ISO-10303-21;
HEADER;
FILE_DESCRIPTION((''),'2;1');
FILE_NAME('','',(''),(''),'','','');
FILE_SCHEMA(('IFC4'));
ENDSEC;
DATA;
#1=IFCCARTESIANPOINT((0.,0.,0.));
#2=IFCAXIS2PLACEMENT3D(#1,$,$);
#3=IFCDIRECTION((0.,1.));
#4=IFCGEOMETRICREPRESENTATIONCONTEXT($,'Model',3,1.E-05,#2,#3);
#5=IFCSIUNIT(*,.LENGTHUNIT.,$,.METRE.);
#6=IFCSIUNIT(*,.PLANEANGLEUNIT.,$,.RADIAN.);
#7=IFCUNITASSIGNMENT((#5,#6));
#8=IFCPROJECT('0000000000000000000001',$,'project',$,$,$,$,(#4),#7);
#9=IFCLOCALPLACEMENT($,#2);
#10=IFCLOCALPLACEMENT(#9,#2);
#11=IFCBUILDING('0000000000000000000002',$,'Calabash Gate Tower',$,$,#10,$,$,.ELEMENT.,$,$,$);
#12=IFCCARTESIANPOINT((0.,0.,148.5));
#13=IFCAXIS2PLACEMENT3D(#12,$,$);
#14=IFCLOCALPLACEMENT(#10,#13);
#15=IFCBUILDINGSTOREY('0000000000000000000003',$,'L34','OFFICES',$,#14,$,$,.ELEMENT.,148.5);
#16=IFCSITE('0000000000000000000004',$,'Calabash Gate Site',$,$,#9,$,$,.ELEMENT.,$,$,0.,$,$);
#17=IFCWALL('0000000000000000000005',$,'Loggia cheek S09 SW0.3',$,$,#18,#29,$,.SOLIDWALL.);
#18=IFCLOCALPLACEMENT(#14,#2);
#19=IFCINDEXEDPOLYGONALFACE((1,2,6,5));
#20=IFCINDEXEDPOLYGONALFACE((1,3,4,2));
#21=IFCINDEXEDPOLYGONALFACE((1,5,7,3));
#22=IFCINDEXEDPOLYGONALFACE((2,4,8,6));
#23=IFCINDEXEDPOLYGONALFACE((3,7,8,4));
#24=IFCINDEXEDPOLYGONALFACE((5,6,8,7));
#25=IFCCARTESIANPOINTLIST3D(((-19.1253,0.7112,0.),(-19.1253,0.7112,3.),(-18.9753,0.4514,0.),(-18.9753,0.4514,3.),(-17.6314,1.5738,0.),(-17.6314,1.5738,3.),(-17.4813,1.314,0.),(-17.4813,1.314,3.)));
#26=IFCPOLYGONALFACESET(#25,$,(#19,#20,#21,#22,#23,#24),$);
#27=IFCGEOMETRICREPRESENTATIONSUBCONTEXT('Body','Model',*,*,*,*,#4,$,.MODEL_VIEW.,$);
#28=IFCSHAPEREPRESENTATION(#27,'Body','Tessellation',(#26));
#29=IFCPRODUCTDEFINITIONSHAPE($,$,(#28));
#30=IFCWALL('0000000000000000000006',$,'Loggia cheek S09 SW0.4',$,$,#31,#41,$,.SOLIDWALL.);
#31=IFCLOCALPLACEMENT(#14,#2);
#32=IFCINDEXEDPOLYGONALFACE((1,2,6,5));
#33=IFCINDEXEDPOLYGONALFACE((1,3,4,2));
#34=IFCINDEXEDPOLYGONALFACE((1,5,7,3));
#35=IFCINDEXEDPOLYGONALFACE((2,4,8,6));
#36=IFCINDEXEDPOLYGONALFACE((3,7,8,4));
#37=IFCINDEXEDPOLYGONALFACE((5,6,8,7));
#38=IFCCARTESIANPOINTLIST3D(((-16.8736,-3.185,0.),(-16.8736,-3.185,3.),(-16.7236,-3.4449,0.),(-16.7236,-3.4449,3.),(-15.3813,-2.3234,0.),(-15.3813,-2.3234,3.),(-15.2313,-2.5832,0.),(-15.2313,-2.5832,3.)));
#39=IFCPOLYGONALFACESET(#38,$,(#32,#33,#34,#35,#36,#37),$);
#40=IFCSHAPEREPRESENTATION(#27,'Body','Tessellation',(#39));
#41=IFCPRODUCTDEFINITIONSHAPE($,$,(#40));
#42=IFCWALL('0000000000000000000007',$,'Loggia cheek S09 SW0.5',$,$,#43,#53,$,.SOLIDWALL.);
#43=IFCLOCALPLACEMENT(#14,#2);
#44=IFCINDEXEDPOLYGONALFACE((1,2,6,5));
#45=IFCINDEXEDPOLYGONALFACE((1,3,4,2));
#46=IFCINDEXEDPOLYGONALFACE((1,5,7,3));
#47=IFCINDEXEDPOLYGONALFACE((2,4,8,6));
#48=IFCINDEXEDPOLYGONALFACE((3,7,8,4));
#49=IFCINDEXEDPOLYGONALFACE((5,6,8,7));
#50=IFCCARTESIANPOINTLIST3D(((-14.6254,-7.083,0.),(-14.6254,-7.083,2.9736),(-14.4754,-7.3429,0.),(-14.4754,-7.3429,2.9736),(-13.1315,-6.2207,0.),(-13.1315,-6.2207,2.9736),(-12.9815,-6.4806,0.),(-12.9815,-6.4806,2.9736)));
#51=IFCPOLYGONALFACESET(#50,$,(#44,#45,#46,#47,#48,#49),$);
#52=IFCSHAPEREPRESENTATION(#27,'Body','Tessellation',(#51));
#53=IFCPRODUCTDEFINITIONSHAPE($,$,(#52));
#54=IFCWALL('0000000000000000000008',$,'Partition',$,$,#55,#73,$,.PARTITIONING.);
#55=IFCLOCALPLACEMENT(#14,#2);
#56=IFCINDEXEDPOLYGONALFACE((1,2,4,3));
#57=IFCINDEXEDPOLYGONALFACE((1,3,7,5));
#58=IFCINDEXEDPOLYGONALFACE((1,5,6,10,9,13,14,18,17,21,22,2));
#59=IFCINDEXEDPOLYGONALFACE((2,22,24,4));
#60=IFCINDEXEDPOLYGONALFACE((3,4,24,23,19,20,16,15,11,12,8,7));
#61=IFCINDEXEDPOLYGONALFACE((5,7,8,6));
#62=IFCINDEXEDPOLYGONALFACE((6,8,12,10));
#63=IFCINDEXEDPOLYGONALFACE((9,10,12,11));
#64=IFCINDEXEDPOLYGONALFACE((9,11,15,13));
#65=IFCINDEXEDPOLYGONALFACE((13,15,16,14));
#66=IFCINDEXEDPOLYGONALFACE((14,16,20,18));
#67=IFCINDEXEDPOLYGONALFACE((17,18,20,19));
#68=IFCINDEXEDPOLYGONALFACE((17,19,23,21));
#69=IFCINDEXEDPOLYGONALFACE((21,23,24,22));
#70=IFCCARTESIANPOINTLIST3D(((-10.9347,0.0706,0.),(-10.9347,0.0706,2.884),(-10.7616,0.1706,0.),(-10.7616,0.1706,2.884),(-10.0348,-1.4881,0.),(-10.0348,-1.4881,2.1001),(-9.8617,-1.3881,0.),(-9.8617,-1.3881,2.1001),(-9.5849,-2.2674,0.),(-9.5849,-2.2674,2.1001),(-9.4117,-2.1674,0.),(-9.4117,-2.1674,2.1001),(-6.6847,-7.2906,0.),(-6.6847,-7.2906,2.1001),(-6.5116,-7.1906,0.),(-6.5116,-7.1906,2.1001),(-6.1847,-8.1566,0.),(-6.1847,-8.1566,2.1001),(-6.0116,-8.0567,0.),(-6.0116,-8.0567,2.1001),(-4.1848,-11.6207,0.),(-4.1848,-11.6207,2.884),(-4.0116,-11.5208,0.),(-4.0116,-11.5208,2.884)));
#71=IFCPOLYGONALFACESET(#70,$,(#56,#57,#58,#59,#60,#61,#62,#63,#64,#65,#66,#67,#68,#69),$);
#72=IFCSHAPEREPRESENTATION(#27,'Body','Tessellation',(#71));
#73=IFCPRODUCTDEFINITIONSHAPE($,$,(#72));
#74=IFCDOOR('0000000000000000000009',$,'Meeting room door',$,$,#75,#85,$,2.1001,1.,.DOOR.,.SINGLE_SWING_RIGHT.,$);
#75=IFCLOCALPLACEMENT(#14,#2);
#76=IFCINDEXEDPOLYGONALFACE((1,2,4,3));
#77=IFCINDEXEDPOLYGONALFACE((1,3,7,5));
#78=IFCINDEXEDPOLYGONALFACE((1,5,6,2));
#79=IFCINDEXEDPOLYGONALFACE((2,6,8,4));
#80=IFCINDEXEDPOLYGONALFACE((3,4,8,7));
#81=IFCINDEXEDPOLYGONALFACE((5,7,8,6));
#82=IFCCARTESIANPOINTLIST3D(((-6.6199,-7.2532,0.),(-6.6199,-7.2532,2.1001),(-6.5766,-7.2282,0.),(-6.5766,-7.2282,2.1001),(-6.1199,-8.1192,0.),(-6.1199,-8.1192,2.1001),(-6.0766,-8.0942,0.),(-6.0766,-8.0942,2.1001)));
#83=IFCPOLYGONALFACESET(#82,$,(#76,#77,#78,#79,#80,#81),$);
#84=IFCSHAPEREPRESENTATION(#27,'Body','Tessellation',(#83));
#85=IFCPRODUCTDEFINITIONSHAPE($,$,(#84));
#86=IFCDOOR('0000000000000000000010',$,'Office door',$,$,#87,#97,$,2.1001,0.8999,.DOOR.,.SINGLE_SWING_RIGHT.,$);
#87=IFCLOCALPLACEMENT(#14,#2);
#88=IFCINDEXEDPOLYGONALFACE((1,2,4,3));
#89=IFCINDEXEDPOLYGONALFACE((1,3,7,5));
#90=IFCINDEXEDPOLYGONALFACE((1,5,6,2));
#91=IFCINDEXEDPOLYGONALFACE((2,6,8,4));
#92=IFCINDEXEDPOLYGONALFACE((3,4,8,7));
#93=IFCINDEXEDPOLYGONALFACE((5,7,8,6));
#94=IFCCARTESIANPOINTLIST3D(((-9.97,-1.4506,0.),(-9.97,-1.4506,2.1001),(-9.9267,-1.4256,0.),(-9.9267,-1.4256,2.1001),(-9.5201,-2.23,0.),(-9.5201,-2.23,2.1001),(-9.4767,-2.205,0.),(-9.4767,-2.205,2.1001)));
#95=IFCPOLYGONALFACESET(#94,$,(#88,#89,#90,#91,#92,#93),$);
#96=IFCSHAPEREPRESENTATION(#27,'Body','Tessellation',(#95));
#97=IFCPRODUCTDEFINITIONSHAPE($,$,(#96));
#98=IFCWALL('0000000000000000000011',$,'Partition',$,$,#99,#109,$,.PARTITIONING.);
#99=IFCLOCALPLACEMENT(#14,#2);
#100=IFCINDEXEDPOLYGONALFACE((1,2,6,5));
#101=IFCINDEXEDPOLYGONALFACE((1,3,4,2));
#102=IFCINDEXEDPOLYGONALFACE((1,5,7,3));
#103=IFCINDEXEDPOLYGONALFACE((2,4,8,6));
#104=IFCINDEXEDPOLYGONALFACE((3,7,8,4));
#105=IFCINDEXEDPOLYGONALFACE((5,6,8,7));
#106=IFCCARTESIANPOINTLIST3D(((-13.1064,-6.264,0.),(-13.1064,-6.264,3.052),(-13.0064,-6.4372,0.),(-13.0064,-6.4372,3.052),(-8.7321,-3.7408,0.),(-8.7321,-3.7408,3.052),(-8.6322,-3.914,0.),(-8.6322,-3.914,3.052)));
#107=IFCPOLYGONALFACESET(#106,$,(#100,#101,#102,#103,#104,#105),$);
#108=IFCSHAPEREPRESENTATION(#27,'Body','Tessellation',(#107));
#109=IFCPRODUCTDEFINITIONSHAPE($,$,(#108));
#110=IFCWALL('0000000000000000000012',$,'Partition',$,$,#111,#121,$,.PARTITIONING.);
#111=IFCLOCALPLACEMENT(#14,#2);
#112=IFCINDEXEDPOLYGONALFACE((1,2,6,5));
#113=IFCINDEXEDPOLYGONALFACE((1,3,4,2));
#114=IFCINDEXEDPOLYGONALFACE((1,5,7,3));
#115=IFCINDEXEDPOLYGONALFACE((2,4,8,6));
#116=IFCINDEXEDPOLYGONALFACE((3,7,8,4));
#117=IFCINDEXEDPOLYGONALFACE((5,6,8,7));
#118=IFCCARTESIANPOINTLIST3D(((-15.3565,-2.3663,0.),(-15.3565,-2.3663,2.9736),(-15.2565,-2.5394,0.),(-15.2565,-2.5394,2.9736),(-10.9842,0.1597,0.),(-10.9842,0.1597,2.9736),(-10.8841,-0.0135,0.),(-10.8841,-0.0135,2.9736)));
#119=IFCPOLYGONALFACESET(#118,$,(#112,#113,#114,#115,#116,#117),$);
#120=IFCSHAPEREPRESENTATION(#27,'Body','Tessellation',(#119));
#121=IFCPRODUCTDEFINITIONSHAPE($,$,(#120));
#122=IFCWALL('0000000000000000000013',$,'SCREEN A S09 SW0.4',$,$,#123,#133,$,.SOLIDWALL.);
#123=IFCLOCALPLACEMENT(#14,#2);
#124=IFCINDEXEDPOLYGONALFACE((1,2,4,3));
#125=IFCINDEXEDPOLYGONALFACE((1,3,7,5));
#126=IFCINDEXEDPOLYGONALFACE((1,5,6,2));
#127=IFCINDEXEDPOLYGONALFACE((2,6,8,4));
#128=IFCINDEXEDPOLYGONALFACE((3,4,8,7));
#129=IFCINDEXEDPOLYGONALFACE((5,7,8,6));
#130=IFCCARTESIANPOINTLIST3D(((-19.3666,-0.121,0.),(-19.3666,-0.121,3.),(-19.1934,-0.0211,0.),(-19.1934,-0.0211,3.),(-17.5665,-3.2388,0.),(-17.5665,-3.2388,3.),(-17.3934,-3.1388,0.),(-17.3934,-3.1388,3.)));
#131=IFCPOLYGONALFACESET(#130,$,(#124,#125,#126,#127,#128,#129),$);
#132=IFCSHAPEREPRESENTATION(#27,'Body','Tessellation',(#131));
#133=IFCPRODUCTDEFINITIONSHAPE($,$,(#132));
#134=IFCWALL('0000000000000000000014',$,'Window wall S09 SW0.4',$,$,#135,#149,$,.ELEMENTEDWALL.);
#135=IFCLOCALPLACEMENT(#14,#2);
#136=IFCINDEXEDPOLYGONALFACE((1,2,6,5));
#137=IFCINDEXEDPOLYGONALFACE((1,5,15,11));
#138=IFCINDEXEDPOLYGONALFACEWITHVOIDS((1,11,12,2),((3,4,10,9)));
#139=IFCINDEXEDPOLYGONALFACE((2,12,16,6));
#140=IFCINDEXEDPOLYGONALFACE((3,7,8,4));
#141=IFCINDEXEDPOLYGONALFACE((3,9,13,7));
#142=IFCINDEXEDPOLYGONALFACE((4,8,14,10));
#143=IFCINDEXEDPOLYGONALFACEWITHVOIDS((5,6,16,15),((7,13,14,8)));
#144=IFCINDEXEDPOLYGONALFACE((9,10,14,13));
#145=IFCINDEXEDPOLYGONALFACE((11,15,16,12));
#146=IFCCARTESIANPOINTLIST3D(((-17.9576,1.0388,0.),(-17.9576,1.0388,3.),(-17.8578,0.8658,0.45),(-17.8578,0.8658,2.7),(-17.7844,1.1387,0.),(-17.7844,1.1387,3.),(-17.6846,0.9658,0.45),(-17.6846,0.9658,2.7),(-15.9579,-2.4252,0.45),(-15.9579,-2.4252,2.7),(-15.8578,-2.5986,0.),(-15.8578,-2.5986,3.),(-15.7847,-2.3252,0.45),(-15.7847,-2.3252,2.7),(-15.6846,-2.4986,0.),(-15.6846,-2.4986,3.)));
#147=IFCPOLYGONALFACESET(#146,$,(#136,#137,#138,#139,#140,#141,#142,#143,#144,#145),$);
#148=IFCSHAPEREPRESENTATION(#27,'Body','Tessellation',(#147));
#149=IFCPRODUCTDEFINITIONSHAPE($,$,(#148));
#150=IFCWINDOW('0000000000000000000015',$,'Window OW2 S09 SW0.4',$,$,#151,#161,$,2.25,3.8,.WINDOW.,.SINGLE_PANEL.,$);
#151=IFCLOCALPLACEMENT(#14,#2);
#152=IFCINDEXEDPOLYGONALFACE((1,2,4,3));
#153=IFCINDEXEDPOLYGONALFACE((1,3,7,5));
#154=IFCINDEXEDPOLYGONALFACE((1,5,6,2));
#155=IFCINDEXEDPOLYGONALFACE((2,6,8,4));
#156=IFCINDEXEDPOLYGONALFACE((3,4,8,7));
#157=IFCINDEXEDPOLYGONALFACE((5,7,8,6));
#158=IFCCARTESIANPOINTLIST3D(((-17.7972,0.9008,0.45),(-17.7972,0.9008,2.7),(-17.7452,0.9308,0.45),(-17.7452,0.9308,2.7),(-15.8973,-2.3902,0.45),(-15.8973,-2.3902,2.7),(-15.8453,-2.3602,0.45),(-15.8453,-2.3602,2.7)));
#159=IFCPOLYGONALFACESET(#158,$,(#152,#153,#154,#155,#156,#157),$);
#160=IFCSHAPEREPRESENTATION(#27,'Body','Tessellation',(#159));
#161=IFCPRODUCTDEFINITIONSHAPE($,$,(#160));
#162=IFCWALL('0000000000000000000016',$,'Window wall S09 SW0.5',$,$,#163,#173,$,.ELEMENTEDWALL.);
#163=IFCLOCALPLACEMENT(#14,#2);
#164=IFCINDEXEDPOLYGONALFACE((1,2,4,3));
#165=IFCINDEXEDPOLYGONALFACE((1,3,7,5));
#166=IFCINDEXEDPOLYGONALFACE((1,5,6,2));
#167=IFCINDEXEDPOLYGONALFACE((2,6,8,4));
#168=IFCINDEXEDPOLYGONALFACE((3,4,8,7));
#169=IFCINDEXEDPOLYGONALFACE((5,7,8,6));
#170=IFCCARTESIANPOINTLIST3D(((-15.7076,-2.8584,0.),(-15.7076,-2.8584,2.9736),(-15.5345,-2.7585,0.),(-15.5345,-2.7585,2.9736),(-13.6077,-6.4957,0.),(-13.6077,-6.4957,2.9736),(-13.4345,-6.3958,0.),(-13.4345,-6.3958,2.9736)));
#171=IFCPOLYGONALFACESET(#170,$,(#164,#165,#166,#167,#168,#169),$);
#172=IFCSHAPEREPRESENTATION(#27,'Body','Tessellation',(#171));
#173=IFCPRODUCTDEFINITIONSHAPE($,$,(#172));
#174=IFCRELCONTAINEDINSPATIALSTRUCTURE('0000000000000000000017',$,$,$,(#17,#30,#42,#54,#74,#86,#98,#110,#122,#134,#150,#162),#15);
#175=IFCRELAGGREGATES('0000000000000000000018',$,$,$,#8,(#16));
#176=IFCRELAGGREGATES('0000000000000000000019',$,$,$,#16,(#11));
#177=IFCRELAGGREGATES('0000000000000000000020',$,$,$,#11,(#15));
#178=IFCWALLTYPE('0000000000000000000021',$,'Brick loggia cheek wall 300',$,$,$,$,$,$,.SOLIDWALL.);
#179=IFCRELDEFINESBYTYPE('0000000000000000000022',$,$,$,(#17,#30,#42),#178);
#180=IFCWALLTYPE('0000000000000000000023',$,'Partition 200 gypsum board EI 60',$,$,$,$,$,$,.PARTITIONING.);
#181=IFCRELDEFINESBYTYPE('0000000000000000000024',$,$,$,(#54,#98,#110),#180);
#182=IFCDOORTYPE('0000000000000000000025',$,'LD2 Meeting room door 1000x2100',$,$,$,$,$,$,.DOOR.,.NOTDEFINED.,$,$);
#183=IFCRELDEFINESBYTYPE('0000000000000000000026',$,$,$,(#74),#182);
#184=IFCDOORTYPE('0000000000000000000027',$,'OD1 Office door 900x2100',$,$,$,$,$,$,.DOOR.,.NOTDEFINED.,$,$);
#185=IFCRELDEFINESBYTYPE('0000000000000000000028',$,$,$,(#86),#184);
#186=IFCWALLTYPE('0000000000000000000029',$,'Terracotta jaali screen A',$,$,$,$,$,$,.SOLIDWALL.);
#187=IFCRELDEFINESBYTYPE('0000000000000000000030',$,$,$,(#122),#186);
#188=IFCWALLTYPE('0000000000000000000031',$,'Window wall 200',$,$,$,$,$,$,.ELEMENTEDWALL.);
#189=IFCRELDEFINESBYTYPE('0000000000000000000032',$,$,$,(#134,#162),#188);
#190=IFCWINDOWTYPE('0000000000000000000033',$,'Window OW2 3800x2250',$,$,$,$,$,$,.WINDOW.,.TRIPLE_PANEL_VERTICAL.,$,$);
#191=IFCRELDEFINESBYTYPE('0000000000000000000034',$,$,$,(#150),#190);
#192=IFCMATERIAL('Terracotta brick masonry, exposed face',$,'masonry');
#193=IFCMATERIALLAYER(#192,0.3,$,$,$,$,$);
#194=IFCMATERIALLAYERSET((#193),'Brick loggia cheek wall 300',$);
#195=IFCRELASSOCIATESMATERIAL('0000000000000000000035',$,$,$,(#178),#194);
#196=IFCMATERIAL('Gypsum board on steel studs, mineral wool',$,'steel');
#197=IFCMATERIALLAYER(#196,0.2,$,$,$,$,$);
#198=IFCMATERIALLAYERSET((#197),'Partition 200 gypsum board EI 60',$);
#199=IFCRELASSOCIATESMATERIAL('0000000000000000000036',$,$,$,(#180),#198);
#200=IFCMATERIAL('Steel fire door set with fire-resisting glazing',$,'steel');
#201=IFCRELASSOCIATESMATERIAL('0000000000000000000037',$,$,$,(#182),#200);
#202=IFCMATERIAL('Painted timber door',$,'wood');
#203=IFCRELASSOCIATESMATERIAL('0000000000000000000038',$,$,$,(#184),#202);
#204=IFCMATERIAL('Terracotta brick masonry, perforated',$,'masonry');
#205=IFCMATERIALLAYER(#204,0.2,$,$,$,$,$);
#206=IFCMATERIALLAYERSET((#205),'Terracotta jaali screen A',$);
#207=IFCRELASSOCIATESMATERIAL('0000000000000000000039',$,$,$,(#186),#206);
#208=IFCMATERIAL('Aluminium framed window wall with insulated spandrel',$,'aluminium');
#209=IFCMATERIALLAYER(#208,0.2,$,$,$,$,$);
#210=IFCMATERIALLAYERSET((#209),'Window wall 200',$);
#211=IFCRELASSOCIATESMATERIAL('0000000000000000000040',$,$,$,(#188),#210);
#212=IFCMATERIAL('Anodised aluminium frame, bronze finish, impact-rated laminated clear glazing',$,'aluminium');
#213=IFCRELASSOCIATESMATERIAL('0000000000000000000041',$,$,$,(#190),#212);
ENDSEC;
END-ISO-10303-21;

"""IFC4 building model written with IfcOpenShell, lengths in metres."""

from ifc_helpers import new_model, si_unit, direction, frame, frame_2d, origin, place, context, subcontext, project, spatial, rectangle, extrude, material, layer, layer_set, type_object, element, fill, save


model = new_model("IFC4")

# Units and contexts
model_context = context("Model", 3, precision=1e-05, world=origin(), true_north=direction((0.0, 1.0)))
body_context = subcontext(model_context, "Body", "Model", "MODEL_VIEW")
ifc_project = project(units=[si_unit("LENGTHUNIT", "METRE"), si_unit("PLANEANGLEUNIT", "RADIAN")], contexts=[model_context])

# Site, building, storey
site_placement = place(None, origin())
site = spatial("IfcSite", under=ifc_project, at=site_placement, Name="Calabash Gate Site", CompositionType="ELEMENT", RefElevation=0.0)
building_placement = place(site_placement, origin())
building = spatial("IfcBuilding", under=site, at=building_placement, Name="Calabash Gate Tower", CompositionType="ELEMENT")
storey_placement = place(building_placement, frame((0.0, 0.0, 148.5)))
storey = spatial("IfcBuildingStorey", under=building, at=storey_placement, Name="L34", Description="OFFICES", CompositionType="ELEMENT", Elevation=148.5)

# Walls
ifc_material_1 = material(Name="Terracotta brick masonry, exposed face", Category="masonry")
ifc_layer_1 = layer(ifc_material_1, 0.3)
ifc_layer_set_1 = layer_set([ifc_layer_1], Name="Brick loggia cheek wall 300")
wall_type_1 = type_object("IfcWallType", Name="Brick loggia cheek wall 300", PredefinedType="SOLIDWALL", material=ifc_layer_set_1)
wall_1_placement = place(storey_placement, frame((-19.0503, 0.5813, 0.0), z_axis=(0.0, 0.0, 1.0), x_axis=(0.866014, 0.500021, 0.0)))
element("IfcWall", 1, at=wall_1_placement, inside=storey, type_object=wall_type_1, Name="Loggia cheek S09 SW0.3", PredefinedType="SOLIDWALL", context=body_context, shape_type="SweptSolid", body=[
    extrude(rectangle(XDim=1.7251, YDim=0.3, at=frame_2d((0.8625, 0.0))), origin(), (0.0, 0.0, 1.0), 3.0),
])
wall_2_placement = place(storey_placement, frame((-16.7986, -3.3149, 0.0), z_axis=(0.0, 0.0, 1.0), x_axis=(0.866011, 0.500025, 0.0)))
element("IfcWall", 2, at=wall_2_placement, inside=storey, type_object=wall_type_1, Name="Loggia cheek S09 SW0.4", PredefinedType="SOLIDWALL", context=body_context, shape_type="SweptSolid", body=[
    extrude(rectangle(XDim=1.7231, YDim=0.3, at=frame_2d((0.8616, 0.0))), origin(), (0.0, 0.0, 1.0), 3.0),
])
wall_3_placement = place(storey_placement, frame((-14.5503, -7.2129, 0.0), z_axis=(0.0, 0.0, 1.0), x_axis=(0.866075, 0.499914, 0.0)))
element("IfcWall", 3, at=wall_3_placement, inside=storey, type_object=wall_type_1, Name="Loggia cheek S09 SW0.5", PredefinedType="SOLIDWALL", context=body_context, shape_type="SweptSolid", body=[
    extrude(rectangle(XDim=1.7249, YDim=0.3, at=frame_2d((0.8623, 0.0))), origin(), (0.0, 0.0, 1.0), 2.9736),
])

# Wall, openings, doors
ifc_material_2 = material(Name="Gypsum board on steel studs, mineral wool", Category="steel")
ifc_layer_2 = layer(ifc_material_2, 0.2)
ifc_layer_set_2 = layer_set([ifc_layer_2], Name="Partition 200 gypsum board EI 60")
wall_type_2 = type_object("IfcWallType", Name="Partition 200 gypsum board EI 60", PredefinedType="PARTITIONING", material=ifc_layer_set_2)
wall_4_placement = place(storey_placement, frame((-10.8481, 0.1206, 0.0), z_axis=(0.0, 0.0, 1.0), x_axis=(0.499998, -0.866027, 0.0)))
wall_4 = element("IfcWall", 4, at=wall_4_placement, inside=storey, type_object=wall_type_2, Name="Partition", PredefinedType="PARTITIONING", context=body_context, shape_type="SweptSolid", body=[
    extrude(rectangle(XDim=13.5, YDim=0.2, at=frame_2d((6.75, 0.0))), origin(), (0.0, 0.0, 1.0), 2.884),
])
opening_1_placement = place(wall_4_placement, frame((1.7998, 0.0, 0.0)))
opening_1 = element("IfcOpeningElement", 5, at=opening_1_placement, cuts=wall_4, PredefinedType="OPENING", context=body_context, shape_type="SweptSolid", body=[
    extrude(rectangle(XDim=0.8999, YDim=2.1001, at=frame_2d((0.45, 1.05))), frame((0.0, 0.1099, 0.0), z_axis=(0.0, -1.0, 0.0), x_axis=(1.0, 0.0, 0.0)), (0.0, 0.0, 1.0), 0.22),
])
opening_2_placement = place(wall_4_placement, frame((8.5, 0.0, 0.0)))
opening_2 = element("IfcOpeningElement", 6, at=opening_2_placement, cuts=wall_4, PredefinedType="OPENING", context=body_context, shape_type="SweptSolid", body=[
    extrude(rectangle(XDim=1.0, YDim=2.1001, at=frame_2d((0.5, 1.05))), frame((0.0, 0.1099, 0.0), z_axis=(0.0, -1.0, 0.0), x_axis=(1.0, 0.0, 0.0)), (0.0, 0.0, 1.0), 0.22),
])
ifc_material_3 = material(Name="Steel fire door set with fire-resisting glazing", Category="steel")
door_type_1 = type_object("IfcDoorType", Name="LD2 Meeting room door 1000x2100", OperationType="NOTDEFINED", PredefinedType="DOOR", material=ifc_material_3)
door_1_placement = place(opening_2_placement, origin())
door_1 = element("IfcDoor", 7, at=door_1_placement, inside=storey, type_object=door_type_1, Name="Meeting room door", OperationType="SINGLE_SWING_RIGHT", OverallHeight=2.1001, OverallWidth=1.0, PredefinedType="DOOR", context=body_context, shape_type="SweptSolid", body=[
    extrude(rectangle(XDim=1.0, YDim=2.1001, at=frame_2d((0.5, 1.05))), frame((0.0, 0.0249, 0.0), z_axis=(0.0, -1.0, 0.0), x_axis=(1.0, 0.0, 0.0)), (0.0, 0.0, 1.0), 0.05),
])
fill(opening_2, door_1)
ifc_material_4 = material(Name="Painted timber door", Category="wood")
door_type_2 = type_object("IfcDoorType", Name="OD1 Office door 900x2100", OperationType="NOTDEFINED", PredefinedType="DOOR", material=ifc_material_4)
door_2_placement = place(opening_1_placement, origin())
door_2 = element("IfcDoor", 8, at=door_2_placement, inside=storey, type_object=door_type_2, Name="Office door", OperationType="SINGLE_SWING_RIGHT", OverallHeight=2.1001, OverallWidth=0.8999, PredefinedType="DOOR", context=body_context, shape_type="SweptSolid", body=[
    extrude(rectangle(XDim=0.8999, YDim=2.1001, at=frame_2d((0.45, 1.05))), frame((0.0, 0.0249, 0.0), z_axis=(0.0, -1.0, 0.0), x_axis=(1.0, 0.0, 0.0)), (0.0, 0.0, 1.0), 0.05),
])
fill(opening_1, door_2)

# Walls
wall_5_placement = place(storey_placement, frame((-13.0564, -6.3506, 0.0), z_axis=(0.0, 0.0, 1.0), x_axis=(0.866222, 0.49966, 0.0)))
element("IfcWall", 9, at=wall_5_placement, inside=storey, type_object=wall_type_2, Name="Partition", PredefinedType="PARTITIONING", context=body_context, shape_type="SweptSolid", body=[
    extrude(rectangle(XDim=5.0498, YDim=0.2, at=frame_2d((2.5249, 0.0))), origin(), (0.0, 0.0, 1.0), 3.052),
])
wall_6_placement = place(storey_placement, frame((-15.3066, -2.4529, 0.0), z_axis=(0.0, 0.0, 1.0), x_axis=(0.865895, 0.500226, 0.0)))
element("IfcWall", 10, at=wall_6_placement, inside=storey, type_object=wall_type_2, Name="Partition", PredefinedType="PARTITIONING", context=body_context, shape_type="SweptSolid", body=[
    extrude(rectangle(XDim=5.0496, YDim=0.2, at=frame_2d((2.5249, 0.0))), origin(), (0.0, 0.0, 1.0), 2.9736),
])
ifc_material_5 = material(Name="Terracotta brick masonry, perforated", Category="masonry")
ifc_layer_3 = layer(ifc_material_5, 0.2)
ifc_layer_set_3 = layer_set([ifc_layer_3], Name="Terracotta jaali screen A")
wall_type_3 = type_object("IfcWallType", Name="Terracotta jaali screen A", PredefinedType="SOLIDWALL", material=ifc_layer_set_3)
wall_7_placement = place(storey_placement, frame((-19.28, -0.071, 0.0), z_axis=(0.0, 0.0, 1.0), x_axis=(0.500012, -0.866018, 0.0)))
element("IfcWall", 11, at=wall_7_placement, inside=storey, type_object=wall_type_3, Name="SCREEN A S09 SW0.4", PredefinedType="SOLIDWALL", context=body_context, shape_type="SweptSolid", body=[
    extrude(rectangle(XDim=3.6001, YDim=0.2, at=frame_2d((1.8, 0.0))), origin(), (0.0, 0.0, 1.0), 3.0),
])

# Wall, opening, window
ifc_material_6 = material(Name="Aluminium framed window wall with insulated spandrel", Category="aluminium")
ifc_layer_4 = layer(ifc_material_6, 0.2)
ifc_layer_set_4 = layer_set([ifc_layer_4], Name="Window wall 200")
wall_type_4 = type_object("IfcWallType", Name="Window wall 200", PredefinedType="ELEMENTEDWALL", material=ifc_layer_set_4)
wall_8_placement = place(storey_placement, frame((-17.8711, 1.0889, 0.0), z_axis=(0.0, 0.0, 1.0), x_axis=(0.499959, -0.866049, 0.0)))
wall_8 = element("IfcWall", 12, at=wall_8_placement, inside=storey, type_object=wall_type_4, Name="Window wall S09 SW0.4", PredefinedType="ELEMENTEDWALL", context=body_context, shape_type="SweptSolid", body=[
    extrude(rectangle(XDim=4.2, YDim=0.2, at=frame_2d((2.1001, 0.0))), origin(), (0.0, 0.0, 1.0), 3.0),
])
opening_3_placement = place(wall_8_placement, frame((0.2, 0.0, 0.45)))
opening_3 = element("IfcOpeningElement", 13, at=opening_3_placement, cuts=wall_8, PredefinedType="OPENING", context=body_context, shape_type="SweptSolid", body=[
    extrude(rectangle(XDim=3.8, YDim=2.25, at=frame_2d((1.8999, 1.125))), frame((0.0, 0.1099, 0.0), z_axis=(0.0, -1.0, 0.0), x_axis=(1.0, 0.0, 0.0)), (0.0, 0.0, 1.0), 0.22),
])
ifc_material_7 = material(Name="Anodised aluminium frame, bronze finish, impact-rated laminated clear glazing", Category="aluminium")
window_type = type_object("IfcWindowType", Name="Window OW2 3800x2250", PartitioningType="TRIPLE_PANEL_VERTICAL", PredefinedType="WINDOW", material=ifc_material_7)
window_placement = place(opening_3_placement, origin())
window = element("IfcWindow", 14, at=window_placement, inside=storey, type_object=window_type, Name="Window OW2 S09 SW0.4", OverallHeight=2.25, OverallWidth=3.8, PartitioningType="SINGLE_PANEL", PredefinedType="WINDOW", context=body_context, shape_type="SweptSolid", body=[
    extrude(rectangle(XDim=3.8, YDim=2.25, at=frame_2d((1.8999, 1.125))), frame((0.0, 0.03, 0.0), z_axis=(0.0, -1.0, 0.0), x_axis=(1.0, 0.0, 0.0)), (0.0, 0.0, 1.0), 0.0601),
])
fill(opening_3, window)

# Wall
for number, where, z_axis, x_axis, name in (
    (15, (-15.6211, -2.8083, 0.0), (0.0, 0.0, 1.0), (0.499984, -0.866035, 0.0), "Window wall S09 SW0.5"),
):
    element("IfcWall", number, at=place(storey_placement, frame(where, z_axis=z_axis, x_axis=x_axis)), inside=storey, type_object=wall_type_4, Name=name, PredefinedType="ELEMENTEDWALL", context=body_context, shape_type="SweptSolid", body=[
        extrude(rectangle(XDim=4.2, YDim=0.2, at=frame_2d((2.1001, 0.0))), origin(), (0.0, 0.0, 1.0), 2.9736),
    ])

save(model, "model.ifc")
